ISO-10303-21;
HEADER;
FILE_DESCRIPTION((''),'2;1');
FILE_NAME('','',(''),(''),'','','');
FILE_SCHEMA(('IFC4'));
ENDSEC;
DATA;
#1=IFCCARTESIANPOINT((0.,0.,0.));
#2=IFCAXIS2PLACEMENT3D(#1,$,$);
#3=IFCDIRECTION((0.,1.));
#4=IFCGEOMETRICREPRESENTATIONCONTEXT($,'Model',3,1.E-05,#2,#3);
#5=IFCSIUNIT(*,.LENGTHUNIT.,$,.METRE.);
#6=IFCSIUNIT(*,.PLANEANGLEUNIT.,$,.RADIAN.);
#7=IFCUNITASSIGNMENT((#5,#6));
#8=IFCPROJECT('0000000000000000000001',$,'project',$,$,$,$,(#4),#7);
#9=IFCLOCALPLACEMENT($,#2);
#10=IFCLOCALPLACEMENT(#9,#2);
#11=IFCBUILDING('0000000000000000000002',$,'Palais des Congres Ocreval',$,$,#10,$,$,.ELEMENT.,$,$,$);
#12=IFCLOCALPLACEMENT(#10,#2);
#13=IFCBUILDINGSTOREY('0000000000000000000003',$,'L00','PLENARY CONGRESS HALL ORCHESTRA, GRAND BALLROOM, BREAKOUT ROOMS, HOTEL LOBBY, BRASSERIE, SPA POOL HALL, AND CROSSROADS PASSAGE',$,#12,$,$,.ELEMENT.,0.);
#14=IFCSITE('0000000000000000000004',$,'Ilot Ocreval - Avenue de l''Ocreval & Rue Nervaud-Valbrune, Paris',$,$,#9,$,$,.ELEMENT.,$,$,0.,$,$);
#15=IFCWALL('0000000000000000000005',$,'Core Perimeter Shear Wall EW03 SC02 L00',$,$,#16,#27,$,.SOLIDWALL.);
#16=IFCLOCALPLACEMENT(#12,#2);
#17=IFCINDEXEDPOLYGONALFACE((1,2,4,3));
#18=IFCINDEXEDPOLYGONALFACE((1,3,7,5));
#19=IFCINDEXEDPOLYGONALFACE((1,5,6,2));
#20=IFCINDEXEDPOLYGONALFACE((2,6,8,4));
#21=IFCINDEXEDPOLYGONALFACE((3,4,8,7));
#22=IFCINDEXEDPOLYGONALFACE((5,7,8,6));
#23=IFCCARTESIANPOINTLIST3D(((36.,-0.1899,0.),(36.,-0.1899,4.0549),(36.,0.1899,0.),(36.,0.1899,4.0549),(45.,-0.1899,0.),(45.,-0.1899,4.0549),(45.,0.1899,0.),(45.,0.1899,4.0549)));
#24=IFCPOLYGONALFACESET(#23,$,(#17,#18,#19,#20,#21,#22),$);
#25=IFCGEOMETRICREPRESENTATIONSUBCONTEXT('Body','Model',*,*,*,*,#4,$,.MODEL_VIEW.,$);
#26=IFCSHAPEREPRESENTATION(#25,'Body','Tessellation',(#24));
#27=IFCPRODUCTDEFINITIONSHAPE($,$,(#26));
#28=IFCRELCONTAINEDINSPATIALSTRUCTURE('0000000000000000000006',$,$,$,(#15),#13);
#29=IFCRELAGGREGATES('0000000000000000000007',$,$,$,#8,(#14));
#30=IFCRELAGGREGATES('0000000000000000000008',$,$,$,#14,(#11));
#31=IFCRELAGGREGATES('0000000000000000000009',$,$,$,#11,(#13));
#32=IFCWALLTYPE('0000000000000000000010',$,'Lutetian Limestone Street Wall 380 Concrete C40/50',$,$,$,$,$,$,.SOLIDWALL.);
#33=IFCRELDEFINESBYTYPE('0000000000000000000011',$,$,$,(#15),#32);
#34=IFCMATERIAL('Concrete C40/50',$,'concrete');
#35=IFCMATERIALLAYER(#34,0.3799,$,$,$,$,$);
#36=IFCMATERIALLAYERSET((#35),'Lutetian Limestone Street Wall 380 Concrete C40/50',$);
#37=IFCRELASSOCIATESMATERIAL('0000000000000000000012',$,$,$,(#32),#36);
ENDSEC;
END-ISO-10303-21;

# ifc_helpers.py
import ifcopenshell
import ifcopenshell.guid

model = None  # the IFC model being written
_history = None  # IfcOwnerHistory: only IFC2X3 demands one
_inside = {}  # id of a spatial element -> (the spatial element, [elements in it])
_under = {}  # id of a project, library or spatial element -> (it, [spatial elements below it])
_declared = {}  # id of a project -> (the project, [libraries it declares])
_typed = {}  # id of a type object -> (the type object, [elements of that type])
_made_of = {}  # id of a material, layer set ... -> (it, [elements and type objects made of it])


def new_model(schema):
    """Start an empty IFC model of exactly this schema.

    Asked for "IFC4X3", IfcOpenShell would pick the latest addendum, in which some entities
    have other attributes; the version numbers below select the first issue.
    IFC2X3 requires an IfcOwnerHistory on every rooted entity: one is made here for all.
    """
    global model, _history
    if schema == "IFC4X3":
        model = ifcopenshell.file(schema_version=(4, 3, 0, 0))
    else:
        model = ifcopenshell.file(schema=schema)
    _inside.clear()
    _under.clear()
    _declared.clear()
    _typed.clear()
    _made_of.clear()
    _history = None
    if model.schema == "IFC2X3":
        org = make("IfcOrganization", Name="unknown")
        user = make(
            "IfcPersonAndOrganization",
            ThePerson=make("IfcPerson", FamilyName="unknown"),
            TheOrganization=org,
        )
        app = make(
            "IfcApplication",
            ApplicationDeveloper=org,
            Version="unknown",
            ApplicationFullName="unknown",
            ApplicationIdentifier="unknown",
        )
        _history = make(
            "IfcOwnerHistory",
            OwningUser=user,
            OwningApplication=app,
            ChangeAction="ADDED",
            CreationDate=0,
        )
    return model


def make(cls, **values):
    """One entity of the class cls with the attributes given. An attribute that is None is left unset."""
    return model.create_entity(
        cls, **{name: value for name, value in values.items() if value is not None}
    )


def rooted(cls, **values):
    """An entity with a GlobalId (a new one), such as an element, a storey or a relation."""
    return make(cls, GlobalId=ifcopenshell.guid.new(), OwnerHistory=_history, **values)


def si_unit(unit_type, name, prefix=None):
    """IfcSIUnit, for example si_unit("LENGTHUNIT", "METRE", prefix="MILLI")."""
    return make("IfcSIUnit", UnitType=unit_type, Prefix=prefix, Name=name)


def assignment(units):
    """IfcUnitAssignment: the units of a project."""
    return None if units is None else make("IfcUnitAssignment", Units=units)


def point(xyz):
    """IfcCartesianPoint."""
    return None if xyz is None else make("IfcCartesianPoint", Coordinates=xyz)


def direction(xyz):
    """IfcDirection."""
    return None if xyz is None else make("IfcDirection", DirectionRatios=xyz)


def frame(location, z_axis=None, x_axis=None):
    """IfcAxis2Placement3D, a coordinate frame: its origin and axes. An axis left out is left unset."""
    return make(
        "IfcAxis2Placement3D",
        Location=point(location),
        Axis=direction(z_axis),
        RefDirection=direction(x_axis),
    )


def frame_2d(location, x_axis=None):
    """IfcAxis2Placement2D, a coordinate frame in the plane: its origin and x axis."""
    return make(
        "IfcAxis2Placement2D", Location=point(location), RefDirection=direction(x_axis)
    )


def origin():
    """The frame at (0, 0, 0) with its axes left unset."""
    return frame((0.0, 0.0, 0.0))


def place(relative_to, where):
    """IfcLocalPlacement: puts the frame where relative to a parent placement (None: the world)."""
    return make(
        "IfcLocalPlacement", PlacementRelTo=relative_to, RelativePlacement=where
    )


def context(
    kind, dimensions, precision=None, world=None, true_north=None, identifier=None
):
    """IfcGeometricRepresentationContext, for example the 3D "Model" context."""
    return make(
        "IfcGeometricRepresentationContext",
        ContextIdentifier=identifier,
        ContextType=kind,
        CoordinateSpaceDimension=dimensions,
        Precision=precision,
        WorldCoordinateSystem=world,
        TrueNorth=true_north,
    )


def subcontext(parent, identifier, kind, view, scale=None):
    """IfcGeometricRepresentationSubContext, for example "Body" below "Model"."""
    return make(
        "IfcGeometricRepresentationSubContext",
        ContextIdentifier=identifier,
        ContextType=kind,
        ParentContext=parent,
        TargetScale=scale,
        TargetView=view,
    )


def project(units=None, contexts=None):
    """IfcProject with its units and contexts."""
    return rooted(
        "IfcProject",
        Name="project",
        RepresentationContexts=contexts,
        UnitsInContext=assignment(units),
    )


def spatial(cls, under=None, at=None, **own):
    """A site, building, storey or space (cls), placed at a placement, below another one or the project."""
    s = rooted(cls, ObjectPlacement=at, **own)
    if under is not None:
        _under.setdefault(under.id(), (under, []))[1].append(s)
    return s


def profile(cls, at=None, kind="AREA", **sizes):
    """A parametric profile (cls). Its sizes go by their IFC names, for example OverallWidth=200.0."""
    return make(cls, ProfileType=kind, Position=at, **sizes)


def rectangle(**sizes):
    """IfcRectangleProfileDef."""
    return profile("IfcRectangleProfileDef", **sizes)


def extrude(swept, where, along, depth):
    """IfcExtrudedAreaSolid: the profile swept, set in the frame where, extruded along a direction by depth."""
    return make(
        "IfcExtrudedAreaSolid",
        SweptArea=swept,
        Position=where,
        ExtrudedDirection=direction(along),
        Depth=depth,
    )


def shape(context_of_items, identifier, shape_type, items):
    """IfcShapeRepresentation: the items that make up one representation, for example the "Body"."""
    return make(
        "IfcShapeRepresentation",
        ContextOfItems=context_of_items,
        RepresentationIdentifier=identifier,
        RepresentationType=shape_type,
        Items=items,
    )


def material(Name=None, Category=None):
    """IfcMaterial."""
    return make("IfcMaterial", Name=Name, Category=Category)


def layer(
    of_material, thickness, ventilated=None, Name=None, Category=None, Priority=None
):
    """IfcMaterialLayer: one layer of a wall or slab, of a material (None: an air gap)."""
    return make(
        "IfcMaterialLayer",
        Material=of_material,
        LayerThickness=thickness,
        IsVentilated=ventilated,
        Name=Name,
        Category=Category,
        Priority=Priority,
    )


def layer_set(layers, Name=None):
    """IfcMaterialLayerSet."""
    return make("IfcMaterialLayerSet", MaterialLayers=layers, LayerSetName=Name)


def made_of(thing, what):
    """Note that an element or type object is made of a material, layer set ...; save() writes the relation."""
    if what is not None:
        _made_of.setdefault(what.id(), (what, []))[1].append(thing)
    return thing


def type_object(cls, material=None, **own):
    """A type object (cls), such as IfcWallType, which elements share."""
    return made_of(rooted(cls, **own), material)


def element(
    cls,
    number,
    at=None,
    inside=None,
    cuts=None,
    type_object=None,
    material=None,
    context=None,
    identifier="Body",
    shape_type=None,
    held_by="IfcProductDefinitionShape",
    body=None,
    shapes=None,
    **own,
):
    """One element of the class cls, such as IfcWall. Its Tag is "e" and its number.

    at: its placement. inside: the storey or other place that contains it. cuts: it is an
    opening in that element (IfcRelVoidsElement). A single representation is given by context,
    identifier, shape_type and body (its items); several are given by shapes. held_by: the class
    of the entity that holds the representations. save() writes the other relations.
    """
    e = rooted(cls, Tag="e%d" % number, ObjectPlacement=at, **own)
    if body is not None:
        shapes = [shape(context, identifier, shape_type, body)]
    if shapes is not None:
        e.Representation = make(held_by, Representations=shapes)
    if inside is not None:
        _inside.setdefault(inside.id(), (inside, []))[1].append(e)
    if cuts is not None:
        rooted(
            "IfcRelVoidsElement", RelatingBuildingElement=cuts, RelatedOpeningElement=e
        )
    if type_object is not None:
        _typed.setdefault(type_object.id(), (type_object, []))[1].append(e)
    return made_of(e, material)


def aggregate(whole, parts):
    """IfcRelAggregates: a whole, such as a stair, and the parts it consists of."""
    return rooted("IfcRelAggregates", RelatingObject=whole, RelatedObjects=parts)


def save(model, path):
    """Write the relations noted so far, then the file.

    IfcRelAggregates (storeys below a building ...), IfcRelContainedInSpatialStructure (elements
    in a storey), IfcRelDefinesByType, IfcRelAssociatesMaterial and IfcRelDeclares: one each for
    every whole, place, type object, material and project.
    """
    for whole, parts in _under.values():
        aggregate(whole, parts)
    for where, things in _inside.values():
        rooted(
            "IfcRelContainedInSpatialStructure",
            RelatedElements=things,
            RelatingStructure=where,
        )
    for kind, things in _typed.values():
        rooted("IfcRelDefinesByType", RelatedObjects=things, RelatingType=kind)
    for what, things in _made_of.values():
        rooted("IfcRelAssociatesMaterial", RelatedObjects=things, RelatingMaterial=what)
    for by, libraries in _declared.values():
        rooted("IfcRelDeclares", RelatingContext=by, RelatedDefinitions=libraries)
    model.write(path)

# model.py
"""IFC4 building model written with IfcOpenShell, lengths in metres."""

from ifc_helpers import new_model, si_unit, direction, frame, frame_2d, origin, place, context, subcontext, project, spatial, rectangle, extrude, material, layer, layer_set, type_object, element, save


model = new_model("IFC4")

# Units and contexts
model_context = context("Model", 3, precision=1e-05, world=origin(), true_north=direction((0.0, 1.0)))
body_context = subcontext(model_context, "Body", "Model", "MODEL_VIEW")
ifc_project = project(units=[si_unit("LENGTHUNIT", "METRE"), si_unit("PLANEANGLEUNIT", "RADIAN")], contexts=[model_context])

# Site, building, storey
site_placement = place(None, origin())
site = spatial("IfcSite", under=ifc_project, at=site_placement, Name="Ilot Ocreval - Avenue de l'Ocreval & Rue Nervaud-Valbrune, Paris", CompositionType="ELEMENT", RefElevation=0.0)
building_placement = place(site_placement, origin())
building = spatial("IfcBuilding", under=site, at=building_placement, Name="Palais des Congres Ocreval", CompositionType="ELEMENT")
storey_placement = place(building_placement, origin())
storey = spatial("IfcBuildingStorey", under=building, at=storey_placement, Name="L00", Description="PLENARY CONGRESS HALL ORCHESTRA, GRAND BALLROOM, BREAKOUT ROOMS, HOTEL LOBBY, BRASSERIE, SPA POOL HALL, AND CROSSROADS PASSAGE", CompositionType="ELEMENT", Elevation=0.0)

# Shared definitions
ifc_material_1 = material(Name="Concrete C40/50", Category="concrete")

# Shared definitions
ifc_layer_1 = layer(ifc_material_1, 0.3799)
ifc_layer_set_1 = layer_set([ifc_layer_1], Name="Lutetian Limestone Street Wall 380 Concrete C40/50")
wall_type_1 = type_object("IfcWallType", Name="Lutetian Limestone Street Wall 380 Concrete C40/50", PredefinedType="SOLIDWALL", material=ifc_layer_set_1)

# Wall
wall_1_placement = place(storey_placement, frame((45.0, 0.0, 0.0), z_axis=(0.0, 0.0, 1.0), x_axis=(-1.0, 0.0, 0.0)))
element("IfcWall", 1, at=wall_1_placement, inside=storey, type_object=wall_type_1, Name="Core Perimeter Shear Wall EW03 SC02 L00", PredefinedType="SOLIDWALL", context=body_context, shape_type="SweptSolid", body=[
    extrude(rectangle(XDim=9.0, YDim=0.3799, at=frame_2d((4.5, 0.0))), origin(), (0.0, 0.0, 1.0), 4.0549),
])

save(model, "model.ifc")
